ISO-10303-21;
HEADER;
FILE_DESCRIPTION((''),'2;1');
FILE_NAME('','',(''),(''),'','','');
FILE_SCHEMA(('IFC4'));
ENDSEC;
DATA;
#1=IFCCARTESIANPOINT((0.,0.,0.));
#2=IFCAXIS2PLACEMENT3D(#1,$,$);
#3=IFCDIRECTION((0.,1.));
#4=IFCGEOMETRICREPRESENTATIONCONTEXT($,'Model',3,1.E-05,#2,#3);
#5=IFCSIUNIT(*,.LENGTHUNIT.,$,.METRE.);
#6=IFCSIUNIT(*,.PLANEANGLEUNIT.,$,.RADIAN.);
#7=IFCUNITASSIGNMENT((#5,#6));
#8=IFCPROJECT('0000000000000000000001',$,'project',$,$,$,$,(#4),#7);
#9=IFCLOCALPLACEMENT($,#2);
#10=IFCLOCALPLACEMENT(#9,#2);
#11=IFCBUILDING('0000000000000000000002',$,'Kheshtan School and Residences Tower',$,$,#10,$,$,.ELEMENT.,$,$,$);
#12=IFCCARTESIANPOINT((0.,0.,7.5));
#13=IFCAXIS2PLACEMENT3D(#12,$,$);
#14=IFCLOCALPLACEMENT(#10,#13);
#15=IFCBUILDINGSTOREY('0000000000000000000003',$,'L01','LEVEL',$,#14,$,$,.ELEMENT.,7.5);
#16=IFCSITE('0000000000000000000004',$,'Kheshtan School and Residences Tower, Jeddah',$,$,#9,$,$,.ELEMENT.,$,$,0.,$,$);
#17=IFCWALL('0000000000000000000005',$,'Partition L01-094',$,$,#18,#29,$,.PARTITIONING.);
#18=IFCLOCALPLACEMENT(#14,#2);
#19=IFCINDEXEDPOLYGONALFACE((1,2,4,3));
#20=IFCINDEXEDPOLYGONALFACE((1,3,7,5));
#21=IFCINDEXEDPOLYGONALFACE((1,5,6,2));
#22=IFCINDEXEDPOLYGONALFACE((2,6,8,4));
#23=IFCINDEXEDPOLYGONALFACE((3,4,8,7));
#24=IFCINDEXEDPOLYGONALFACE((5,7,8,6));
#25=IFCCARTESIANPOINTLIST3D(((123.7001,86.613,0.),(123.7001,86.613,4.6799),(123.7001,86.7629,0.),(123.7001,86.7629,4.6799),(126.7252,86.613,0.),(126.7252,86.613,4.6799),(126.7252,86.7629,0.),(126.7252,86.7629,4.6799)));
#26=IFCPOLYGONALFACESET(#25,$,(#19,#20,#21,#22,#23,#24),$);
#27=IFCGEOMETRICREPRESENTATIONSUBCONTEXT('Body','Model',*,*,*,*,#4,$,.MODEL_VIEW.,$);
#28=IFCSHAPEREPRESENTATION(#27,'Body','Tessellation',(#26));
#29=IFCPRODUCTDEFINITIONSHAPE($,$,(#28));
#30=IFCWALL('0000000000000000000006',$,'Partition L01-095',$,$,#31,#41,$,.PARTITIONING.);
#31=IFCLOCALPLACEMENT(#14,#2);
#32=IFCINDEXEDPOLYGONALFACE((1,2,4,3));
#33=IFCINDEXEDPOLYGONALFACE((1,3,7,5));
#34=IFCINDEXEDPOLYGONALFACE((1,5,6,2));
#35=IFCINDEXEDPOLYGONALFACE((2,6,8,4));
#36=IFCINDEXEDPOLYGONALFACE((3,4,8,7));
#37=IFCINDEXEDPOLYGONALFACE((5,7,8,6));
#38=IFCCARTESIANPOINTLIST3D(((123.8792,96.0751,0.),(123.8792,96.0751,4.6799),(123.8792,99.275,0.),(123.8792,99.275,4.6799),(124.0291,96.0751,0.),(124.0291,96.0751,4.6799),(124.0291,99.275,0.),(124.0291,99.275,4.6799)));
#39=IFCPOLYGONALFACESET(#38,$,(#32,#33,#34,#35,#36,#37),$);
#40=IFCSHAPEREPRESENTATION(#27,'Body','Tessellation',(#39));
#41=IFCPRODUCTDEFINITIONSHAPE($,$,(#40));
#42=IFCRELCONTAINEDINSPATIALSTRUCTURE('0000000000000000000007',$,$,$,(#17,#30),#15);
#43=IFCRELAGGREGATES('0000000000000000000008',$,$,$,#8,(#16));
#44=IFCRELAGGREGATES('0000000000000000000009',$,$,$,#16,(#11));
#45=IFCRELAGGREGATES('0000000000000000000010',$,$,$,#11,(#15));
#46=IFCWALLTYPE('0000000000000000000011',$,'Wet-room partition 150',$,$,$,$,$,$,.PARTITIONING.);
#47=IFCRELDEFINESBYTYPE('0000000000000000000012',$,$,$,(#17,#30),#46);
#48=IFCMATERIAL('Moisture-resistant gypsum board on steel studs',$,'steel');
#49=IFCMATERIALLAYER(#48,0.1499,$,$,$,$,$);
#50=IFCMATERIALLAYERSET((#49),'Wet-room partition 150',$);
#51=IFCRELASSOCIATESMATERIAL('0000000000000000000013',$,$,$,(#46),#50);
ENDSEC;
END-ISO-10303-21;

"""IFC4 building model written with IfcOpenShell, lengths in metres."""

from ifc_helpers import new_model, si_unit, direction, frame, frame_2d, origin, place, context, subcontext, project, spatial, rectangle, extrude, material, layer, layer_set, type_object, element, save


model = new_model("IFC4")

# Units and contexts
model_context = context("Model", 3, precision=1e-05, world=origin(), true_north=direction((0.0, 1.0)))
body_context = subcontext(model_context, "Body", "Model", "MODEL_VIEW")
ifc_project = project(units=[si_unit("LENGTHUNIT", "METRE"), si_unit("PLANEANGLEUNIT", "RADIAN")], contexts=[model_context])

# Site, building, storey
site_placement = place(None, origin())
site = spatial("IfcSite", under=ifc_project, at=site_placement, Name="Kheshtan School and Residences Tower, Jeddah", CompositionType="ELEMENT", RefElevation=0.0)
building_placement = place(site_placement, origin())
building = spatial("IfcBuilding", under=site, at=building_placement, Name="Kheshtan School and Residences Tower", CompositionType="ELEMENT")
storey_placement = place(building_placement, frame((0.0, 0.0, 7.5)))
storey = spatial("IfcBuildingStorey", under=building, at=storey_placement, Name="L01", Description="LEVEL", CompositionType="ELEMENT", Elevation=7.5)

# Walls
ifc_material_1 = material(Name="Moisture-resistant gypsum board on steel studs", Category="steel")
ifc_layer_1 = layer(ifc_material_1, 0.1499)
ifc_layer_set_1 = layer_set([ifc_layer_1], Name="Wet-room partition 150")
wall_type_1 = type_object("IfcWallType", Name="Wet-room partition 150", PredefinedType="PARTITIONING", material=ifc_layer_set_1)
wall_1_placement = place(storey_placement, frame((123.7, 86.688, 0.0), z_axis=(0.0, 0.0, 1.0), x_axis=(1.0, 0.0, 0.0)))
element("IfcWall", 1, at=wall_1_placement, inside=storey, type_object=wall_type_1, Name="Partition L01-094", PredefinedType="PARTITIONING", context=body_context, shape_type="SweptSolid", body=[
    extrude(rectangle(XDim=3.0251, YDim=0.1499, at=frame_2d((1.5127, 0.0))), origin(), (0.0, 0.0, 1.0), 4.6799),
])
wall_2_placement = place(storey_placement, frame((123.9541, 96.075, 0.0), z_axis=(0.0, 0.0, 1.0), x_axis=(0.0, 1.0, 0.0)))
element("IfcWall", 2, at=wall_2_placement, inside=storey, type_object=wall_type_1, Name="Partition L01-095", PredefinedType="PARTITIONING", context=body_context, shape_type="SweptSolid", body=[
    extrude(rectangle(XDim=3.2, YDim=0.1499, at=frame_2d((1.6001, 0.0))), origin(), (0.0, 0.0, 1.0), 4.6799),
])

save(model, "model.ifc")
